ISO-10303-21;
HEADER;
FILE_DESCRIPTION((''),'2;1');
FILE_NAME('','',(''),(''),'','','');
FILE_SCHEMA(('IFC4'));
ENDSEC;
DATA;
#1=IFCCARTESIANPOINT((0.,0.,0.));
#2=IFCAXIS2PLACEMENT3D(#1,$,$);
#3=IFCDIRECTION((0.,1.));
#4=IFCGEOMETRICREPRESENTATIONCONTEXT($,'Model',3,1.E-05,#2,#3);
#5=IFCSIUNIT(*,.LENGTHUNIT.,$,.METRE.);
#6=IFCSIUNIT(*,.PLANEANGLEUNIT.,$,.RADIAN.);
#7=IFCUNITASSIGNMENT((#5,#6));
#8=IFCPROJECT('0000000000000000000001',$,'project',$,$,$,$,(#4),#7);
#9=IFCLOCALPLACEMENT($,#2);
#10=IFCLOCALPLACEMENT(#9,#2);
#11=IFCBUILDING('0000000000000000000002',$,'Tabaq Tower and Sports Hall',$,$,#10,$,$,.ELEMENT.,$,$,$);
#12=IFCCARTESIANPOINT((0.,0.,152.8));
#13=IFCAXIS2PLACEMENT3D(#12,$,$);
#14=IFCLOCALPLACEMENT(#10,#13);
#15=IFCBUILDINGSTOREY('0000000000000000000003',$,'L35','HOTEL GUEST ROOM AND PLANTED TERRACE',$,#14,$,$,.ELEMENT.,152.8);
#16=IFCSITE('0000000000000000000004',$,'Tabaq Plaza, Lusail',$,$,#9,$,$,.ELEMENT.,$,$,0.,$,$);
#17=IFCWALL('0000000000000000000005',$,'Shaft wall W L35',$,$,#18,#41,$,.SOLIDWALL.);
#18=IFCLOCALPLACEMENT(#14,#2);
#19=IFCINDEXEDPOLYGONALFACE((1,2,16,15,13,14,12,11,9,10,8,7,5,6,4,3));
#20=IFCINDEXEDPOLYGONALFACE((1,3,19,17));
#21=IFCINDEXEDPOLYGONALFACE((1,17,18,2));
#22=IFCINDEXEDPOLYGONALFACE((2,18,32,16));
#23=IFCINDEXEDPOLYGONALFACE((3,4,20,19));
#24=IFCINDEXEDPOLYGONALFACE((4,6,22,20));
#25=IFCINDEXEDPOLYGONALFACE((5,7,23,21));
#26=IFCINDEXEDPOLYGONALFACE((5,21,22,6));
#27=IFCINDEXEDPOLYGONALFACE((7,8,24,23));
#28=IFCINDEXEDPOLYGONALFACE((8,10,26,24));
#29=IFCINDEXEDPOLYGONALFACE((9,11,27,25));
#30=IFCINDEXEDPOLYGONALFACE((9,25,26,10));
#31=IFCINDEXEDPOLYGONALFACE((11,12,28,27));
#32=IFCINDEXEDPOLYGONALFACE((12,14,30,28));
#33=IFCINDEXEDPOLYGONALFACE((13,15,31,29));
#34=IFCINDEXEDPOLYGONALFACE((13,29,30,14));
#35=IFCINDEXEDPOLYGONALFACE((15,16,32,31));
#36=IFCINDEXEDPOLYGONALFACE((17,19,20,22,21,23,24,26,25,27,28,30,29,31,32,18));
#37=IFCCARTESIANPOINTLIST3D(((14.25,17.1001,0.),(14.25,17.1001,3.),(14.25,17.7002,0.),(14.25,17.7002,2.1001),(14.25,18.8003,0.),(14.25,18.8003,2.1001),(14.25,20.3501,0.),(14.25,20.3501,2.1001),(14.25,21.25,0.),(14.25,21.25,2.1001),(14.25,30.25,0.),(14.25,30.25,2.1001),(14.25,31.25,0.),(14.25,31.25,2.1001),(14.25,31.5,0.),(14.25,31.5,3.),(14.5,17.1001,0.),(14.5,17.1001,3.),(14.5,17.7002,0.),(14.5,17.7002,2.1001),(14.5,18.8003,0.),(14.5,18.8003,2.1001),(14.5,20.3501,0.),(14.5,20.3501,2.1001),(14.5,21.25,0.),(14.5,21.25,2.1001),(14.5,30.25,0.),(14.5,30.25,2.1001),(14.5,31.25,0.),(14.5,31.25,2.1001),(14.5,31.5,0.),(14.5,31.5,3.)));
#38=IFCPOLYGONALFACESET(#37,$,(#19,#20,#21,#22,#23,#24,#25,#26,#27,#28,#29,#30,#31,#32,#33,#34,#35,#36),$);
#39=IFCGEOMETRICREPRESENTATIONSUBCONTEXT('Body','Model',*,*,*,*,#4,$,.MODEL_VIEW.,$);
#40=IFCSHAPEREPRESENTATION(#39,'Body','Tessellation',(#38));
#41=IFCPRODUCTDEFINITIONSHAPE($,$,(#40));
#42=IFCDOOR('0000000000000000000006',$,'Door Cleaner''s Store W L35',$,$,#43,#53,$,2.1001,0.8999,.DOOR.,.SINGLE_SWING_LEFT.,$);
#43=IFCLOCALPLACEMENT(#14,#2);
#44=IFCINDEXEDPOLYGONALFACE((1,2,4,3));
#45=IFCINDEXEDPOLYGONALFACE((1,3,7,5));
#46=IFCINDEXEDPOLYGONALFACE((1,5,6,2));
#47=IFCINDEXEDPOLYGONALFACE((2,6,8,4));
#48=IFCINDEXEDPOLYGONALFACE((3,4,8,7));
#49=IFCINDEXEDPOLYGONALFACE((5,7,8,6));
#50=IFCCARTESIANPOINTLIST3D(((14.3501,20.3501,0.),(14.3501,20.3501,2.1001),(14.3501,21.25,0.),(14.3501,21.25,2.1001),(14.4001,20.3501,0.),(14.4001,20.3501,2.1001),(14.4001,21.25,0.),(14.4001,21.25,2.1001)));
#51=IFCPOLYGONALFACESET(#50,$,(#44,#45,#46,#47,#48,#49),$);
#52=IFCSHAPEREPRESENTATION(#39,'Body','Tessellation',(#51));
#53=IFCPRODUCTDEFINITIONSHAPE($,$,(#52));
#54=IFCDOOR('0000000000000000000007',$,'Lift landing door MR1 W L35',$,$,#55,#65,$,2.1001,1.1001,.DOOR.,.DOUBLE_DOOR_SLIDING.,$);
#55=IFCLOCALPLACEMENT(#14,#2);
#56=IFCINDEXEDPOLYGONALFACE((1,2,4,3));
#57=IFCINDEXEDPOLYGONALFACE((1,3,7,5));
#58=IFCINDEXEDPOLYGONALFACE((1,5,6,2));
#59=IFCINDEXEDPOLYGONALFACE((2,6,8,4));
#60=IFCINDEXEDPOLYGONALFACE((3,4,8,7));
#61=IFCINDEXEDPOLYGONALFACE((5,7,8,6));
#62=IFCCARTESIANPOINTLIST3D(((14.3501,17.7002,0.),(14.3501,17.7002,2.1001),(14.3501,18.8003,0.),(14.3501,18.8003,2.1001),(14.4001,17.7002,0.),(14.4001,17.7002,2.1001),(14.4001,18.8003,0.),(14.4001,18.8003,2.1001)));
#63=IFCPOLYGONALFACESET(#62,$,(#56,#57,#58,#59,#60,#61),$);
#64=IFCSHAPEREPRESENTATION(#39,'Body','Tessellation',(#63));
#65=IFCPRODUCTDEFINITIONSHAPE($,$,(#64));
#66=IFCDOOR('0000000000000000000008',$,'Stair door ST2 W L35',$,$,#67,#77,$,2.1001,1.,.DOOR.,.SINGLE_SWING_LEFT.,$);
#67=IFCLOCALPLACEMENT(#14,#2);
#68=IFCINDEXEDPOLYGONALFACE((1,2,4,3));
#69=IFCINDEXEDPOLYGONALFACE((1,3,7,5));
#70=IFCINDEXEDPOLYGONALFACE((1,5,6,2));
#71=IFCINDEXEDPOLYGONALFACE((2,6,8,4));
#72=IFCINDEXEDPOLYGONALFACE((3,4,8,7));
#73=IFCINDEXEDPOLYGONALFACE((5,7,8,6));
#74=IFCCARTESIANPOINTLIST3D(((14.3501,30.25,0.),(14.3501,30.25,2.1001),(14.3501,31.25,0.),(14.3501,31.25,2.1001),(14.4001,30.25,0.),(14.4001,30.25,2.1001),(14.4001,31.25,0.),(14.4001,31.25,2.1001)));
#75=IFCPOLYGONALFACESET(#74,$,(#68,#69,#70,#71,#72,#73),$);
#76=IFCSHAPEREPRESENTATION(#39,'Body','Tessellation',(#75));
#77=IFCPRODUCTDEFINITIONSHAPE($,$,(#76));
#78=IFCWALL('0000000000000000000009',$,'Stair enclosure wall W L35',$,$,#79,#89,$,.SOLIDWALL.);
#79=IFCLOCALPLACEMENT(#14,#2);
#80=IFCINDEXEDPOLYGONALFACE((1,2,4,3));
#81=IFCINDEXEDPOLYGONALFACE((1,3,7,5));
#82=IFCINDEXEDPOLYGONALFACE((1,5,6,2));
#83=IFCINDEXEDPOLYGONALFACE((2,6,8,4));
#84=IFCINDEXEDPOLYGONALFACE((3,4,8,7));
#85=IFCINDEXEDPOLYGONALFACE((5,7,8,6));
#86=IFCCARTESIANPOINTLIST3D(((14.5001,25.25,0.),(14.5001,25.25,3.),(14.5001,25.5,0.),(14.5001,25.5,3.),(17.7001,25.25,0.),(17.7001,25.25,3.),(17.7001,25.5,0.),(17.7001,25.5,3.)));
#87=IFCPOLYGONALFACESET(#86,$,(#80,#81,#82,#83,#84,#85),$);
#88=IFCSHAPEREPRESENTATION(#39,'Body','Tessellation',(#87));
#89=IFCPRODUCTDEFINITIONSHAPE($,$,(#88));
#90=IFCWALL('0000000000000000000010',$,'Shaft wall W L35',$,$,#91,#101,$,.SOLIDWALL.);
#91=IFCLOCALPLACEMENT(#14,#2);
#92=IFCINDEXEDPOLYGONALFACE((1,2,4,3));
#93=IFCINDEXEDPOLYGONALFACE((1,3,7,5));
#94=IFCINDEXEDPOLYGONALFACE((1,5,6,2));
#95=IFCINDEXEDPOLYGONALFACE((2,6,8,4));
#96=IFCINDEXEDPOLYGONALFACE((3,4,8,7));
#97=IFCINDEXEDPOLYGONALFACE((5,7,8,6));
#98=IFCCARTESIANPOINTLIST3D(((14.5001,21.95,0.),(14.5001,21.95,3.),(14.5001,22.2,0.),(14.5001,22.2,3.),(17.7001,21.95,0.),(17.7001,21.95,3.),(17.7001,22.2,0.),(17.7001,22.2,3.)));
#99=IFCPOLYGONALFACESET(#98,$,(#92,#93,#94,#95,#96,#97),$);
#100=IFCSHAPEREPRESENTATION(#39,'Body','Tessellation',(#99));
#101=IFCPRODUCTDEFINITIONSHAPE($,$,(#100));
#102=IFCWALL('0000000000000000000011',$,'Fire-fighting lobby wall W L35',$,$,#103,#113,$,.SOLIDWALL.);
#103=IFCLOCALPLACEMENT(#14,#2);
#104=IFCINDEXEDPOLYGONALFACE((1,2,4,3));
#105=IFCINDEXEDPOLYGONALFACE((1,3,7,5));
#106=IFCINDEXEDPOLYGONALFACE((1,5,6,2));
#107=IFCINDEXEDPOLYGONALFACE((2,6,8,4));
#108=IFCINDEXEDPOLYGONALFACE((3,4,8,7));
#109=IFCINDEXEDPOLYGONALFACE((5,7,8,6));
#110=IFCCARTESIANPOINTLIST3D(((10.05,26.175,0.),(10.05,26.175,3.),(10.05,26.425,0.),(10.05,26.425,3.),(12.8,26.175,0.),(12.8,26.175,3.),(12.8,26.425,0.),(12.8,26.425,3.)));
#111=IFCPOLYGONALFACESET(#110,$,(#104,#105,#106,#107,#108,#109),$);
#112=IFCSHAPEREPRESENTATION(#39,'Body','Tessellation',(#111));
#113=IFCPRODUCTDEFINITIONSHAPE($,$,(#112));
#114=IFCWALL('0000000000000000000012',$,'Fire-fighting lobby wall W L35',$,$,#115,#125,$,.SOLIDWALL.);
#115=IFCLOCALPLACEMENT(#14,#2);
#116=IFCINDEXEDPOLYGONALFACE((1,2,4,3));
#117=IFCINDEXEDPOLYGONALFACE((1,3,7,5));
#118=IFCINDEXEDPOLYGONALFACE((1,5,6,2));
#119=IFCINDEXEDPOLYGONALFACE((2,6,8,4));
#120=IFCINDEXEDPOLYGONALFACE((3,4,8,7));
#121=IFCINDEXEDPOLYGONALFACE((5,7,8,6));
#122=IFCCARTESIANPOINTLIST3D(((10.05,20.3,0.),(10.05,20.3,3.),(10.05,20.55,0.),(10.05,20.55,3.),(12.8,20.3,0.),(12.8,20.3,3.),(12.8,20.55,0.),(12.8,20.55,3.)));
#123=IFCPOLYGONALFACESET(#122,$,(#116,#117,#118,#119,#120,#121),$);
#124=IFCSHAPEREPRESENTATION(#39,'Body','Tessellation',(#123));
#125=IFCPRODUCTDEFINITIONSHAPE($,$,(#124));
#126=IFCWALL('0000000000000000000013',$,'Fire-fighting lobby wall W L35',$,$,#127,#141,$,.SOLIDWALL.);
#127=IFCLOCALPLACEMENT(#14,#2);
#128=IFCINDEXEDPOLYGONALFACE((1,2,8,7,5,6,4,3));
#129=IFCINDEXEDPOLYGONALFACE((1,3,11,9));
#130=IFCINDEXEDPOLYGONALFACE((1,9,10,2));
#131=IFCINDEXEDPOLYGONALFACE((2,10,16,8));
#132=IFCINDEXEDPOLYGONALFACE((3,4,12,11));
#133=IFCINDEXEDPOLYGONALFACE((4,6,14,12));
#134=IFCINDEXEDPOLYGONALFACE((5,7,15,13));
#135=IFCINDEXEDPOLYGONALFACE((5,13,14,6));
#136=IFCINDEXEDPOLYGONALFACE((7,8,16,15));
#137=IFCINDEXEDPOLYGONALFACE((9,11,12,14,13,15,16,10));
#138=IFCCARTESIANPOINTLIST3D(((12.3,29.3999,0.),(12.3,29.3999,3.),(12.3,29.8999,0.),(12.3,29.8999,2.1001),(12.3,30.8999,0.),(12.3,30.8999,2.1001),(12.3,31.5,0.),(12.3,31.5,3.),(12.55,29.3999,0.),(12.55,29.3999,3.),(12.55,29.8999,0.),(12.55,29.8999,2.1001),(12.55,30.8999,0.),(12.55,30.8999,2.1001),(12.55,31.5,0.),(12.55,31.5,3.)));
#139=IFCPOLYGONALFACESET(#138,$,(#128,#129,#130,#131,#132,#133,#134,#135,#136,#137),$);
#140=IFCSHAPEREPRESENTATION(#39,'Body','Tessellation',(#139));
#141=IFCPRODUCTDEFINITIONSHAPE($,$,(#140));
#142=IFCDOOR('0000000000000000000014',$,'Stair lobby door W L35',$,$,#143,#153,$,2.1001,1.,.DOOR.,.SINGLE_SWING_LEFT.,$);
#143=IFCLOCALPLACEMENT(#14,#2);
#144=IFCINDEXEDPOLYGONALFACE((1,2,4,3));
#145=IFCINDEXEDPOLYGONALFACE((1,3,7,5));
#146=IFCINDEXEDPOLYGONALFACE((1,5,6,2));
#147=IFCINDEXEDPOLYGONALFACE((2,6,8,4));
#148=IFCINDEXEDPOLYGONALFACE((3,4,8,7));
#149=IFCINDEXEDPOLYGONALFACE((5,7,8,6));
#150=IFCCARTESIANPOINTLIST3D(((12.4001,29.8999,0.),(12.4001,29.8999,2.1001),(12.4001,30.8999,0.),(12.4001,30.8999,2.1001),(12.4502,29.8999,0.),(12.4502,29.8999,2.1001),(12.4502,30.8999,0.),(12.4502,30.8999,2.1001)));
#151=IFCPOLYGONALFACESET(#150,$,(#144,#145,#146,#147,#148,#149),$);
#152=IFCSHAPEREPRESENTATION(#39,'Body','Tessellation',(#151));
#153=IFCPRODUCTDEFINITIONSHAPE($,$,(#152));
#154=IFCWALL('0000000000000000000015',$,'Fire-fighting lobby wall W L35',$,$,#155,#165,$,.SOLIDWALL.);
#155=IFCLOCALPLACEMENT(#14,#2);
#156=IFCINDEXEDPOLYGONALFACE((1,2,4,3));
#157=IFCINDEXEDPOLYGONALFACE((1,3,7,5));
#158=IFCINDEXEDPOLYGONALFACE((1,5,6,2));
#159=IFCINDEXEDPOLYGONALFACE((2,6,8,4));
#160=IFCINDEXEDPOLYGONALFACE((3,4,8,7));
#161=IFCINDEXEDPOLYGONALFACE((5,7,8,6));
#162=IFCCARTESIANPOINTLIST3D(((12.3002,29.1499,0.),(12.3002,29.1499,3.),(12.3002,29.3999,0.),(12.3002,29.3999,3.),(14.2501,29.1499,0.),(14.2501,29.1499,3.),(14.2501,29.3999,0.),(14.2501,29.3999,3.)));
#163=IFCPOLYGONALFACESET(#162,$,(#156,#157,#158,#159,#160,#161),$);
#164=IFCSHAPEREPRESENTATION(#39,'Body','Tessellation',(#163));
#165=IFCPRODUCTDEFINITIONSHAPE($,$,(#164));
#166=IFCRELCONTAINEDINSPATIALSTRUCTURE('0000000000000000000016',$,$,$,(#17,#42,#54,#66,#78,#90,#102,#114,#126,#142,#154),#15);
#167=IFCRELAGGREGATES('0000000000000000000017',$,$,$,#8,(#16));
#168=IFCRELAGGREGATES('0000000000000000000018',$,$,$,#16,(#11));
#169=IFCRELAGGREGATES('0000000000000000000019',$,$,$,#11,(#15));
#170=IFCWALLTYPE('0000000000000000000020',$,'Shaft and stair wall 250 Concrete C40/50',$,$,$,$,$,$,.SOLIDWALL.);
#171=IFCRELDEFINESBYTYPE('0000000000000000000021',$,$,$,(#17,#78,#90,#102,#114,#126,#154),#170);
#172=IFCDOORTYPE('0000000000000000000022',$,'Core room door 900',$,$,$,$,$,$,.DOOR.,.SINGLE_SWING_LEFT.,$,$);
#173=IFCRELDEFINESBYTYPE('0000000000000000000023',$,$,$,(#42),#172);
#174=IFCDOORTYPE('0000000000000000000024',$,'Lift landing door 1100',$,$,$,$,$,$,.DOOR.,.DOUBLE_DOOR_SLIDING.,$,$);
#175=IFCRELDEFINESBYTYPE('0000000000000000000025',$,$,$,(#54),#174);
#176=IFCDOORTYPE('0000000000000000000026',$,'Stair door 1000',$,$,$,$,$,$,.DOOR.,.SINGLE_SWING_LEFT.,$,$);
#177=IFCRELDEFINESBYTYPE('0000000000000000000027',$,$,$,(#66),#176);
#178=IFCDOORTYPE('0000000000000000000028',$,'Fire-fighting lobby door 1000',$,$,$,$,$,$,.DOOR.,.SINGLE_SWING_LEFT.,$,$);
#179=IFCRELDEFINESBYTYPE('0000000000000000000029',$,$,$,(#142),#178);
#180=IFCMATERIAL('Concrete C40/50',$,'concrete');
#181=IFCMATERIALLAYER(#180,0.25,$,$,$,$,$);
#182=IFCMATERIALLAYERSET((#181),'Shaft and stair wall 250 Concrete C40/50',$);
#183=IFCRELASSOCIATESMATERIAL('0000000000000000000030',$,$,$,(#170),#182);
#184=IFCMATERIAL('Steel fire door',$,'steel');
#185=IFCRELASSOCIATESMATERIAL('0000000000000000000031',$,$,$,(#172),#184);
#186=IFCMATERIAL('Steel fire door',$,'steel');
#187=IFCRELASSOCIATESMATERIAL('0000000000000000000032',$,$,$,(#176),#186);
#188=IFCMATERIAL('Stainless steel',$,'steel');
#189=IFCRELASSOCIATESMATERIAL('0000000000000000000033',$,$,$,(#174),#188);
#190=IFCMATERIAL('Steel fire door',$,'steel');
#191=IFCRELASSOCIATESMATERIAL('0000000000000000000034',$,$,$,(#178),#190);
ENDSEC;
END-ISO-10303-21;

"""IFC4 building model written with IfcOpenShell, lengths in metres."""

from ifc_helpers import new_model, si_unit, direction, frame, frame_2d, origin, place, context, subcontext, project, spatial, rectangle, extrude, material, layer, layer_set, type_object, element, fill, save


model = new_model("IFC4")

# Units and contexts
model_context = context("Model", 3, precision=1e-05, world=origin(), true_north=direction((0.0, 1.0)))
body_context = subcontext(model_context, "Body", "Model", "MODEL_VIEW")
ifc_project = project(units=[si_unit("LENGTHUNIT", "METRE"), si_unit("PLANEANGLEUNIT", "RADIAN")], contexts=[model_context])

# Site, building, storey
site_placement = place(None, origin())
site = spatial("IfcSite", under=ifc_project, at=site_placement, Name="Tabaq Plaza, Lusail", CompositionType="ELEMENT", RefElevation=0.0)
building_placement = place(site_placement, origin())
building = spatial("IfcBuilding", under=site, at=building_placement, Name="Tabaq Tower and Sports Hall", CompositionType="ELEMENT")
storey_placement = place(building_placement, frame((0.0, 0.0, 152.8)))
storey = spatial("IfcBuildingStorey", under=building, at=storey_placement, Name="L35", Description="HOTEL GUEST ROOM AND PLANTED TERRACE", CompositionType="ELEMENT", Elevation=152.8)

# Wall, openings, doors
ifc_material_1 = material(Name="Concrete C40/50", Category="concrete")
ifc_layer_1 = layer(ifc_material_1, 0.25)
ifc_layer_set_1 = layer_set([ifc_layer_1], Name="Shaft and stair wall 250 Concrete C40/50")
wall_type_1 = type_object("IfcWallType", Name="Shaft and stair wall 250 Concrete C40/50", PredefinedType="SOLIDWALL", material=ifc_layer_set_1)
ifc_material_2 = material(Name="Steel fire door", Category="steel")
door_type_1 = type_object("IfcDoorType", Name="Core room door 900", OperationType="SINGLE_SWING_LEFT", PredefinedType="DOOR", material=ifc_material_2)
ifc_material_3 = material(Name="Steel fire door", Category="steel")
door_type_2 = type_object("IfcDoorType", Name="Stair door 1000", OperationType="SINGLE_SWING_LEFT", PredefinedType="DOOR", material=ifc_material_3)
wall_1_placement = place(storey_placement, frame((14.375, 17.1001, 0.0), z_axis=(0.0, 0.0, 1.0), x_axis=(0.0, 1.0, 0.0)))
wall_1 = element("IfcWall", 1, at=wall_1_placement, inside=storey, type_object=wall_type_1, Name="Shaft wall W L35", PredefinedType="SOLIDWALL", context=body_context, shape_type="SweptSolid", body=[
    extrude(rectangle(XDim=14.3999, YDim=0.25, at=frame_2d((7.2, 0.0))), origin(), (0.0, 0.0, 1.0), 3.0),
])
opening_1_placement = place(wall_1_placement, frame((13.1499, 0.0, 0.0)))
opening_1 = element("IfcOpeningElement", 2, at=opening_1_placement, cuts=wall_1, PredefinedType="OPENING", context=body_context, shape_type="SweptSolid", body=[
    extrude(rectangle(XDim=1.0, YDim=2.1001, at=frame_2d((0.5, 1.05))), frame((0.0, 0.125, 0.0), z_axis=(0.0, -1.0, 0.0), x_axis=(1.0, 0.0, 0.0)), (0.0, 0.0, 1.0), 0.25),
])
opening_2_placement = place(wall_1_placement, frame((0.6001, 0.0, 0.0)))
opening_2 = element("IfcOpeningElement", 3, at=opening_2_placement, cuts=wall_1, PredefinedType="OPENING", context=body_context, shape_type="SweptSolid", body=[
    extrude(rectangle(XDim=1.1001, YDim=2.1001, at=frame_2d((0.55, 1.05))), frame((0.0, 0.125, 0.0), z_axis=(0.0, -1.0, 0.0), x_axis=(1.0, 0.0, 0.0)), (0.0, 0.0, 1.0), 0.25),
])
opening_3_placement = place(wall_1_placement, frame((3.25, 0.0, 0.0)))
opening_3 = element("IfcOpeningElement", 4, at=opening_3_placement, cuts=wall_1, PredefinedType="OPENING", context=body_context, shape_type="SweptSolid", body=[
    extrude(rectangle(XDim=0.8999, YDim=2.1001, at=frame_2d((0.45, 1.05))), frame((0.0, 0.125, 0.0), z_axis=(0.0, -1.0, 0.0), x_axis=(1.0, 0.0, 0.0)), (0.0, 0.0, 1.0), 0.25),
])
door_1_placement = place(opening_3_placement, origin())
door_1 = element("IfcDoor", 5, at=door_1_placement, inside=storey, type_object=door_type_1, Name="Door Cleaner's Store W L35", OperationType="SINGLE_SWING_LEFT", OverallHeight=2.1001, OverallWidth=0.8999, PredefinedType="DOOR", context=body_context, shape_type="SweptSolid", body=[
    extrude(rectangle(XDim=0.8999, YDim=2.1001, at=frame_2d((0.45, 1.05))), frame((0.0, 0.0249, 0.0), z_axis=(0.0, -1.0, 0.0), x_axis=(1.0, 0.0, 0.0)), (0.0, 0.0, 1.0), 0.05),
])
fill(opening_3, door_1)
ifc_material_4 = material(Name="Stainless steel", Category="steel")
door_type_3 = type_object("IfcDoorType", Name="Lift landing door 1100", OperationType="DOUBLE_DOOR_SLIDING", PredefinedType="DOOR", material=ifc_material_4)
door_2_placement = place(opening_2_placement, origin())
door_2 = element("IfcDoor", 6, at=door_2_placement, inside=storey, type_object=door_type_3, Name="Lift landing door MR1 W L35", OperationType="DOUBLE_DOOR_SLIDING", OverallHeight=2.1001, OverallWidth=1.1001, PredefinedType="DOOR", context=body_context, shape_type="SweptSolid", body=[
    extrude(rectangle(XDim=1.1001, YDim=2.1001, at=frame_2d((0.55, 1.05))), frame((0.0, 0.0249, 0.0), z_axis=(0.0, -1.0, 0.0), x_axis=(1.0, 0.0, 0.0)), (0.0, 0.0, 1.0), 0.05),
])
fill(opening_2, door_2)
door_3_placement = place(opening_1_placement, origin())
door_3 = element("IfcDoor", 7, at=door_3_placement, inside=storey, type_object=door_type_2, Name="Stair door ST2 W L35", OperationType="SINGLE_SWING_LEFT", OverallHeight=2.1001, OverallWidth=1.0, PredefinedType="DOOR", context=body_context, shape_type="SweptSolid", body=[
    extrude(rectangle(XDim=1.0, YDim=2.1001, at=frame_2d((0.5, 1.05))), frame((0.0, 0.0249, 0.0), z_axis=(0.0, -1.0, 0.0), x_axis=(1.0, 0.0, 0.0)), (0.0, 0.0, 1.0), 0.05),
])
fill(opening_1, door_3)

# Walls
for number, where, z_axis, x_axis, name in (
    (8, (14.5, 25.375, 0.0), (0.0, 0.0, 1.0), (1.0, 0.0, 0.0), "Stair enclosure wall W L35"),
    (9, (14.5, 22.075, 0.0), (0.0, 0.0, 1.0), (1.0, 0.0, 0.0), "Shaft wall W L35"),
):
    element("IfcWall", number, at=place(storey_placement, frame(where, z_axis=z_axis, x_axis=x_axis)), inside=storey, type_object=wall_type_1, Name=name, PredefinedType="SOLIDWALL", context=body_context, shape_type="SweptSolid", body=[
        extrude(rectangle(XDim=3.2, YDim=0.25, at=frame_2d((1.6001, 0.0))), origin(), (0.0, 0.0, 1.0), 3.0),
    ])
for number, where, z_axis, x_axis, name in (
    (10, (10.05, 26.3, 0.0), (0.0, 0.0, 1.0), (1.0, 0.0, 0.0), "Fire-fighting lobby wall W L35"),
    (11, (10.05, 20.425, 0.0), (0.0, 0.0, 1.0), (1.0, 0.0, 0.0), "Fire-fighting lobby wall W L35"),
):
    element("IfcWall", number, at=place(storey_placement, frame(where, z_axis=z_axis, x_axis=x_axis)), inside=storey, type_object=wall_type_1, Name=name, PredefinedType="SOLIDWALL", context=body_context, shape_type="SweptSolid", body=[
        extrude(rectangle(XDim=2.75, YDim=0.25, at=frame_2d((1.375, 0.0))), origin(), (0.0, 0.0, 1.0), 3.0),
    ])

# Wall, opening, door
wall_2_placement = place(storey_placement, frame((12.425, 29.3999, 0.0), z_axis=(0.0, 0.0, 1.0), x_axis=(0.0, 1.0, 0.0)))
wall_2 = element("IfcWall", 12, at=wall_2_placement, inside=storey, type_object=wall_type_1, Name="Fire-fighting lobby wall W L35", PredefinedType="SOLIDWALL", context=body_context, shape_type="SweptSolid", body=[
    extrude(rectangle(XDim=2.1001, YDim=0.25, at=frame_2d((1.05, 0.0))), origin(), (0.0, 0.0, 1.0), 3.0),
])
opening_4_placement = place(wall_2_placement, frame((0.5, 0.0, 0.0)))
opening_4 = element("IfcOpeningElement", 13, at=opening_4_placement, cuts=wall_2, PredefinedType="OPENING", context=body_context, shape_type="SweptSolid", body=[
    extrude(rectangle(XDim=1.0, YDim=2.1001, at=frame_2d((0.5, 1.05))), frame((0.0, 0.125, 0.0), z_axis=(0.0, -1.0, 0.0), x_axis=(1.0, 0.0, 0.0)), (0.0, 0.0, 1.0), 0.25),
])
ifc_material_5 = material(Name="Steel fire door", Category="steel")
door_type_4 = type_object("IfcDoorType", Name="Fire-fighting lobby door 1000", OperationType="SINGLE_SWING_LEFT", PredefinedType="DOOR", material=ifc_material_5)
door_4_placement = place(opening_4_placement, origin())
door_4 = element("IfcDoor", 14, at=door_4_placement, inside=storey, type_object=door_type_4, Name="Stair lobby door W L35", OperationType="SINGLE_SWING_LEFT", OverallHeight=2.1001, OverallWidth=1.0, PredefinedType="DOOR", context=body_context, shape_type="SweptSolid", body=[
    extrude(rectangle(XDim=1.0, YDim=2.1001, at=frame_2d((0.5, 1.05))), frame((0.0, 0.0249, 0.0), z_axis=(0.0, -1.0, 0.0), x_axis=(1.0, 0.0, 0.0)), (0.0, 0.0, 1.0), 0.05),
])
fill(opening_4, door_4)

# Wall
wall_3_placement = place(storey_placement, frame((12.3, 29.2749, 0.0), z_axis=(0.0, 0.0, 1.0), x_axis=(1.0, 0.0, 0.0)))
element("IfcWall", 15, at=wall_3_placement, inside=storey, type_object=wall_type_1, Name="Fire-fighting lobby wall W L35", PredefinedType="SOLIDWALL", context=body_context, shape_type="SweptSolid", body=[
    extrude(rectangle(XDim=1.95, YDim=0.25, at=frame_2d((0.9751, 0.0))), origin(), (0.0, 0.0, 1.0), 3.0),
])

save(model, "model.ifc")
